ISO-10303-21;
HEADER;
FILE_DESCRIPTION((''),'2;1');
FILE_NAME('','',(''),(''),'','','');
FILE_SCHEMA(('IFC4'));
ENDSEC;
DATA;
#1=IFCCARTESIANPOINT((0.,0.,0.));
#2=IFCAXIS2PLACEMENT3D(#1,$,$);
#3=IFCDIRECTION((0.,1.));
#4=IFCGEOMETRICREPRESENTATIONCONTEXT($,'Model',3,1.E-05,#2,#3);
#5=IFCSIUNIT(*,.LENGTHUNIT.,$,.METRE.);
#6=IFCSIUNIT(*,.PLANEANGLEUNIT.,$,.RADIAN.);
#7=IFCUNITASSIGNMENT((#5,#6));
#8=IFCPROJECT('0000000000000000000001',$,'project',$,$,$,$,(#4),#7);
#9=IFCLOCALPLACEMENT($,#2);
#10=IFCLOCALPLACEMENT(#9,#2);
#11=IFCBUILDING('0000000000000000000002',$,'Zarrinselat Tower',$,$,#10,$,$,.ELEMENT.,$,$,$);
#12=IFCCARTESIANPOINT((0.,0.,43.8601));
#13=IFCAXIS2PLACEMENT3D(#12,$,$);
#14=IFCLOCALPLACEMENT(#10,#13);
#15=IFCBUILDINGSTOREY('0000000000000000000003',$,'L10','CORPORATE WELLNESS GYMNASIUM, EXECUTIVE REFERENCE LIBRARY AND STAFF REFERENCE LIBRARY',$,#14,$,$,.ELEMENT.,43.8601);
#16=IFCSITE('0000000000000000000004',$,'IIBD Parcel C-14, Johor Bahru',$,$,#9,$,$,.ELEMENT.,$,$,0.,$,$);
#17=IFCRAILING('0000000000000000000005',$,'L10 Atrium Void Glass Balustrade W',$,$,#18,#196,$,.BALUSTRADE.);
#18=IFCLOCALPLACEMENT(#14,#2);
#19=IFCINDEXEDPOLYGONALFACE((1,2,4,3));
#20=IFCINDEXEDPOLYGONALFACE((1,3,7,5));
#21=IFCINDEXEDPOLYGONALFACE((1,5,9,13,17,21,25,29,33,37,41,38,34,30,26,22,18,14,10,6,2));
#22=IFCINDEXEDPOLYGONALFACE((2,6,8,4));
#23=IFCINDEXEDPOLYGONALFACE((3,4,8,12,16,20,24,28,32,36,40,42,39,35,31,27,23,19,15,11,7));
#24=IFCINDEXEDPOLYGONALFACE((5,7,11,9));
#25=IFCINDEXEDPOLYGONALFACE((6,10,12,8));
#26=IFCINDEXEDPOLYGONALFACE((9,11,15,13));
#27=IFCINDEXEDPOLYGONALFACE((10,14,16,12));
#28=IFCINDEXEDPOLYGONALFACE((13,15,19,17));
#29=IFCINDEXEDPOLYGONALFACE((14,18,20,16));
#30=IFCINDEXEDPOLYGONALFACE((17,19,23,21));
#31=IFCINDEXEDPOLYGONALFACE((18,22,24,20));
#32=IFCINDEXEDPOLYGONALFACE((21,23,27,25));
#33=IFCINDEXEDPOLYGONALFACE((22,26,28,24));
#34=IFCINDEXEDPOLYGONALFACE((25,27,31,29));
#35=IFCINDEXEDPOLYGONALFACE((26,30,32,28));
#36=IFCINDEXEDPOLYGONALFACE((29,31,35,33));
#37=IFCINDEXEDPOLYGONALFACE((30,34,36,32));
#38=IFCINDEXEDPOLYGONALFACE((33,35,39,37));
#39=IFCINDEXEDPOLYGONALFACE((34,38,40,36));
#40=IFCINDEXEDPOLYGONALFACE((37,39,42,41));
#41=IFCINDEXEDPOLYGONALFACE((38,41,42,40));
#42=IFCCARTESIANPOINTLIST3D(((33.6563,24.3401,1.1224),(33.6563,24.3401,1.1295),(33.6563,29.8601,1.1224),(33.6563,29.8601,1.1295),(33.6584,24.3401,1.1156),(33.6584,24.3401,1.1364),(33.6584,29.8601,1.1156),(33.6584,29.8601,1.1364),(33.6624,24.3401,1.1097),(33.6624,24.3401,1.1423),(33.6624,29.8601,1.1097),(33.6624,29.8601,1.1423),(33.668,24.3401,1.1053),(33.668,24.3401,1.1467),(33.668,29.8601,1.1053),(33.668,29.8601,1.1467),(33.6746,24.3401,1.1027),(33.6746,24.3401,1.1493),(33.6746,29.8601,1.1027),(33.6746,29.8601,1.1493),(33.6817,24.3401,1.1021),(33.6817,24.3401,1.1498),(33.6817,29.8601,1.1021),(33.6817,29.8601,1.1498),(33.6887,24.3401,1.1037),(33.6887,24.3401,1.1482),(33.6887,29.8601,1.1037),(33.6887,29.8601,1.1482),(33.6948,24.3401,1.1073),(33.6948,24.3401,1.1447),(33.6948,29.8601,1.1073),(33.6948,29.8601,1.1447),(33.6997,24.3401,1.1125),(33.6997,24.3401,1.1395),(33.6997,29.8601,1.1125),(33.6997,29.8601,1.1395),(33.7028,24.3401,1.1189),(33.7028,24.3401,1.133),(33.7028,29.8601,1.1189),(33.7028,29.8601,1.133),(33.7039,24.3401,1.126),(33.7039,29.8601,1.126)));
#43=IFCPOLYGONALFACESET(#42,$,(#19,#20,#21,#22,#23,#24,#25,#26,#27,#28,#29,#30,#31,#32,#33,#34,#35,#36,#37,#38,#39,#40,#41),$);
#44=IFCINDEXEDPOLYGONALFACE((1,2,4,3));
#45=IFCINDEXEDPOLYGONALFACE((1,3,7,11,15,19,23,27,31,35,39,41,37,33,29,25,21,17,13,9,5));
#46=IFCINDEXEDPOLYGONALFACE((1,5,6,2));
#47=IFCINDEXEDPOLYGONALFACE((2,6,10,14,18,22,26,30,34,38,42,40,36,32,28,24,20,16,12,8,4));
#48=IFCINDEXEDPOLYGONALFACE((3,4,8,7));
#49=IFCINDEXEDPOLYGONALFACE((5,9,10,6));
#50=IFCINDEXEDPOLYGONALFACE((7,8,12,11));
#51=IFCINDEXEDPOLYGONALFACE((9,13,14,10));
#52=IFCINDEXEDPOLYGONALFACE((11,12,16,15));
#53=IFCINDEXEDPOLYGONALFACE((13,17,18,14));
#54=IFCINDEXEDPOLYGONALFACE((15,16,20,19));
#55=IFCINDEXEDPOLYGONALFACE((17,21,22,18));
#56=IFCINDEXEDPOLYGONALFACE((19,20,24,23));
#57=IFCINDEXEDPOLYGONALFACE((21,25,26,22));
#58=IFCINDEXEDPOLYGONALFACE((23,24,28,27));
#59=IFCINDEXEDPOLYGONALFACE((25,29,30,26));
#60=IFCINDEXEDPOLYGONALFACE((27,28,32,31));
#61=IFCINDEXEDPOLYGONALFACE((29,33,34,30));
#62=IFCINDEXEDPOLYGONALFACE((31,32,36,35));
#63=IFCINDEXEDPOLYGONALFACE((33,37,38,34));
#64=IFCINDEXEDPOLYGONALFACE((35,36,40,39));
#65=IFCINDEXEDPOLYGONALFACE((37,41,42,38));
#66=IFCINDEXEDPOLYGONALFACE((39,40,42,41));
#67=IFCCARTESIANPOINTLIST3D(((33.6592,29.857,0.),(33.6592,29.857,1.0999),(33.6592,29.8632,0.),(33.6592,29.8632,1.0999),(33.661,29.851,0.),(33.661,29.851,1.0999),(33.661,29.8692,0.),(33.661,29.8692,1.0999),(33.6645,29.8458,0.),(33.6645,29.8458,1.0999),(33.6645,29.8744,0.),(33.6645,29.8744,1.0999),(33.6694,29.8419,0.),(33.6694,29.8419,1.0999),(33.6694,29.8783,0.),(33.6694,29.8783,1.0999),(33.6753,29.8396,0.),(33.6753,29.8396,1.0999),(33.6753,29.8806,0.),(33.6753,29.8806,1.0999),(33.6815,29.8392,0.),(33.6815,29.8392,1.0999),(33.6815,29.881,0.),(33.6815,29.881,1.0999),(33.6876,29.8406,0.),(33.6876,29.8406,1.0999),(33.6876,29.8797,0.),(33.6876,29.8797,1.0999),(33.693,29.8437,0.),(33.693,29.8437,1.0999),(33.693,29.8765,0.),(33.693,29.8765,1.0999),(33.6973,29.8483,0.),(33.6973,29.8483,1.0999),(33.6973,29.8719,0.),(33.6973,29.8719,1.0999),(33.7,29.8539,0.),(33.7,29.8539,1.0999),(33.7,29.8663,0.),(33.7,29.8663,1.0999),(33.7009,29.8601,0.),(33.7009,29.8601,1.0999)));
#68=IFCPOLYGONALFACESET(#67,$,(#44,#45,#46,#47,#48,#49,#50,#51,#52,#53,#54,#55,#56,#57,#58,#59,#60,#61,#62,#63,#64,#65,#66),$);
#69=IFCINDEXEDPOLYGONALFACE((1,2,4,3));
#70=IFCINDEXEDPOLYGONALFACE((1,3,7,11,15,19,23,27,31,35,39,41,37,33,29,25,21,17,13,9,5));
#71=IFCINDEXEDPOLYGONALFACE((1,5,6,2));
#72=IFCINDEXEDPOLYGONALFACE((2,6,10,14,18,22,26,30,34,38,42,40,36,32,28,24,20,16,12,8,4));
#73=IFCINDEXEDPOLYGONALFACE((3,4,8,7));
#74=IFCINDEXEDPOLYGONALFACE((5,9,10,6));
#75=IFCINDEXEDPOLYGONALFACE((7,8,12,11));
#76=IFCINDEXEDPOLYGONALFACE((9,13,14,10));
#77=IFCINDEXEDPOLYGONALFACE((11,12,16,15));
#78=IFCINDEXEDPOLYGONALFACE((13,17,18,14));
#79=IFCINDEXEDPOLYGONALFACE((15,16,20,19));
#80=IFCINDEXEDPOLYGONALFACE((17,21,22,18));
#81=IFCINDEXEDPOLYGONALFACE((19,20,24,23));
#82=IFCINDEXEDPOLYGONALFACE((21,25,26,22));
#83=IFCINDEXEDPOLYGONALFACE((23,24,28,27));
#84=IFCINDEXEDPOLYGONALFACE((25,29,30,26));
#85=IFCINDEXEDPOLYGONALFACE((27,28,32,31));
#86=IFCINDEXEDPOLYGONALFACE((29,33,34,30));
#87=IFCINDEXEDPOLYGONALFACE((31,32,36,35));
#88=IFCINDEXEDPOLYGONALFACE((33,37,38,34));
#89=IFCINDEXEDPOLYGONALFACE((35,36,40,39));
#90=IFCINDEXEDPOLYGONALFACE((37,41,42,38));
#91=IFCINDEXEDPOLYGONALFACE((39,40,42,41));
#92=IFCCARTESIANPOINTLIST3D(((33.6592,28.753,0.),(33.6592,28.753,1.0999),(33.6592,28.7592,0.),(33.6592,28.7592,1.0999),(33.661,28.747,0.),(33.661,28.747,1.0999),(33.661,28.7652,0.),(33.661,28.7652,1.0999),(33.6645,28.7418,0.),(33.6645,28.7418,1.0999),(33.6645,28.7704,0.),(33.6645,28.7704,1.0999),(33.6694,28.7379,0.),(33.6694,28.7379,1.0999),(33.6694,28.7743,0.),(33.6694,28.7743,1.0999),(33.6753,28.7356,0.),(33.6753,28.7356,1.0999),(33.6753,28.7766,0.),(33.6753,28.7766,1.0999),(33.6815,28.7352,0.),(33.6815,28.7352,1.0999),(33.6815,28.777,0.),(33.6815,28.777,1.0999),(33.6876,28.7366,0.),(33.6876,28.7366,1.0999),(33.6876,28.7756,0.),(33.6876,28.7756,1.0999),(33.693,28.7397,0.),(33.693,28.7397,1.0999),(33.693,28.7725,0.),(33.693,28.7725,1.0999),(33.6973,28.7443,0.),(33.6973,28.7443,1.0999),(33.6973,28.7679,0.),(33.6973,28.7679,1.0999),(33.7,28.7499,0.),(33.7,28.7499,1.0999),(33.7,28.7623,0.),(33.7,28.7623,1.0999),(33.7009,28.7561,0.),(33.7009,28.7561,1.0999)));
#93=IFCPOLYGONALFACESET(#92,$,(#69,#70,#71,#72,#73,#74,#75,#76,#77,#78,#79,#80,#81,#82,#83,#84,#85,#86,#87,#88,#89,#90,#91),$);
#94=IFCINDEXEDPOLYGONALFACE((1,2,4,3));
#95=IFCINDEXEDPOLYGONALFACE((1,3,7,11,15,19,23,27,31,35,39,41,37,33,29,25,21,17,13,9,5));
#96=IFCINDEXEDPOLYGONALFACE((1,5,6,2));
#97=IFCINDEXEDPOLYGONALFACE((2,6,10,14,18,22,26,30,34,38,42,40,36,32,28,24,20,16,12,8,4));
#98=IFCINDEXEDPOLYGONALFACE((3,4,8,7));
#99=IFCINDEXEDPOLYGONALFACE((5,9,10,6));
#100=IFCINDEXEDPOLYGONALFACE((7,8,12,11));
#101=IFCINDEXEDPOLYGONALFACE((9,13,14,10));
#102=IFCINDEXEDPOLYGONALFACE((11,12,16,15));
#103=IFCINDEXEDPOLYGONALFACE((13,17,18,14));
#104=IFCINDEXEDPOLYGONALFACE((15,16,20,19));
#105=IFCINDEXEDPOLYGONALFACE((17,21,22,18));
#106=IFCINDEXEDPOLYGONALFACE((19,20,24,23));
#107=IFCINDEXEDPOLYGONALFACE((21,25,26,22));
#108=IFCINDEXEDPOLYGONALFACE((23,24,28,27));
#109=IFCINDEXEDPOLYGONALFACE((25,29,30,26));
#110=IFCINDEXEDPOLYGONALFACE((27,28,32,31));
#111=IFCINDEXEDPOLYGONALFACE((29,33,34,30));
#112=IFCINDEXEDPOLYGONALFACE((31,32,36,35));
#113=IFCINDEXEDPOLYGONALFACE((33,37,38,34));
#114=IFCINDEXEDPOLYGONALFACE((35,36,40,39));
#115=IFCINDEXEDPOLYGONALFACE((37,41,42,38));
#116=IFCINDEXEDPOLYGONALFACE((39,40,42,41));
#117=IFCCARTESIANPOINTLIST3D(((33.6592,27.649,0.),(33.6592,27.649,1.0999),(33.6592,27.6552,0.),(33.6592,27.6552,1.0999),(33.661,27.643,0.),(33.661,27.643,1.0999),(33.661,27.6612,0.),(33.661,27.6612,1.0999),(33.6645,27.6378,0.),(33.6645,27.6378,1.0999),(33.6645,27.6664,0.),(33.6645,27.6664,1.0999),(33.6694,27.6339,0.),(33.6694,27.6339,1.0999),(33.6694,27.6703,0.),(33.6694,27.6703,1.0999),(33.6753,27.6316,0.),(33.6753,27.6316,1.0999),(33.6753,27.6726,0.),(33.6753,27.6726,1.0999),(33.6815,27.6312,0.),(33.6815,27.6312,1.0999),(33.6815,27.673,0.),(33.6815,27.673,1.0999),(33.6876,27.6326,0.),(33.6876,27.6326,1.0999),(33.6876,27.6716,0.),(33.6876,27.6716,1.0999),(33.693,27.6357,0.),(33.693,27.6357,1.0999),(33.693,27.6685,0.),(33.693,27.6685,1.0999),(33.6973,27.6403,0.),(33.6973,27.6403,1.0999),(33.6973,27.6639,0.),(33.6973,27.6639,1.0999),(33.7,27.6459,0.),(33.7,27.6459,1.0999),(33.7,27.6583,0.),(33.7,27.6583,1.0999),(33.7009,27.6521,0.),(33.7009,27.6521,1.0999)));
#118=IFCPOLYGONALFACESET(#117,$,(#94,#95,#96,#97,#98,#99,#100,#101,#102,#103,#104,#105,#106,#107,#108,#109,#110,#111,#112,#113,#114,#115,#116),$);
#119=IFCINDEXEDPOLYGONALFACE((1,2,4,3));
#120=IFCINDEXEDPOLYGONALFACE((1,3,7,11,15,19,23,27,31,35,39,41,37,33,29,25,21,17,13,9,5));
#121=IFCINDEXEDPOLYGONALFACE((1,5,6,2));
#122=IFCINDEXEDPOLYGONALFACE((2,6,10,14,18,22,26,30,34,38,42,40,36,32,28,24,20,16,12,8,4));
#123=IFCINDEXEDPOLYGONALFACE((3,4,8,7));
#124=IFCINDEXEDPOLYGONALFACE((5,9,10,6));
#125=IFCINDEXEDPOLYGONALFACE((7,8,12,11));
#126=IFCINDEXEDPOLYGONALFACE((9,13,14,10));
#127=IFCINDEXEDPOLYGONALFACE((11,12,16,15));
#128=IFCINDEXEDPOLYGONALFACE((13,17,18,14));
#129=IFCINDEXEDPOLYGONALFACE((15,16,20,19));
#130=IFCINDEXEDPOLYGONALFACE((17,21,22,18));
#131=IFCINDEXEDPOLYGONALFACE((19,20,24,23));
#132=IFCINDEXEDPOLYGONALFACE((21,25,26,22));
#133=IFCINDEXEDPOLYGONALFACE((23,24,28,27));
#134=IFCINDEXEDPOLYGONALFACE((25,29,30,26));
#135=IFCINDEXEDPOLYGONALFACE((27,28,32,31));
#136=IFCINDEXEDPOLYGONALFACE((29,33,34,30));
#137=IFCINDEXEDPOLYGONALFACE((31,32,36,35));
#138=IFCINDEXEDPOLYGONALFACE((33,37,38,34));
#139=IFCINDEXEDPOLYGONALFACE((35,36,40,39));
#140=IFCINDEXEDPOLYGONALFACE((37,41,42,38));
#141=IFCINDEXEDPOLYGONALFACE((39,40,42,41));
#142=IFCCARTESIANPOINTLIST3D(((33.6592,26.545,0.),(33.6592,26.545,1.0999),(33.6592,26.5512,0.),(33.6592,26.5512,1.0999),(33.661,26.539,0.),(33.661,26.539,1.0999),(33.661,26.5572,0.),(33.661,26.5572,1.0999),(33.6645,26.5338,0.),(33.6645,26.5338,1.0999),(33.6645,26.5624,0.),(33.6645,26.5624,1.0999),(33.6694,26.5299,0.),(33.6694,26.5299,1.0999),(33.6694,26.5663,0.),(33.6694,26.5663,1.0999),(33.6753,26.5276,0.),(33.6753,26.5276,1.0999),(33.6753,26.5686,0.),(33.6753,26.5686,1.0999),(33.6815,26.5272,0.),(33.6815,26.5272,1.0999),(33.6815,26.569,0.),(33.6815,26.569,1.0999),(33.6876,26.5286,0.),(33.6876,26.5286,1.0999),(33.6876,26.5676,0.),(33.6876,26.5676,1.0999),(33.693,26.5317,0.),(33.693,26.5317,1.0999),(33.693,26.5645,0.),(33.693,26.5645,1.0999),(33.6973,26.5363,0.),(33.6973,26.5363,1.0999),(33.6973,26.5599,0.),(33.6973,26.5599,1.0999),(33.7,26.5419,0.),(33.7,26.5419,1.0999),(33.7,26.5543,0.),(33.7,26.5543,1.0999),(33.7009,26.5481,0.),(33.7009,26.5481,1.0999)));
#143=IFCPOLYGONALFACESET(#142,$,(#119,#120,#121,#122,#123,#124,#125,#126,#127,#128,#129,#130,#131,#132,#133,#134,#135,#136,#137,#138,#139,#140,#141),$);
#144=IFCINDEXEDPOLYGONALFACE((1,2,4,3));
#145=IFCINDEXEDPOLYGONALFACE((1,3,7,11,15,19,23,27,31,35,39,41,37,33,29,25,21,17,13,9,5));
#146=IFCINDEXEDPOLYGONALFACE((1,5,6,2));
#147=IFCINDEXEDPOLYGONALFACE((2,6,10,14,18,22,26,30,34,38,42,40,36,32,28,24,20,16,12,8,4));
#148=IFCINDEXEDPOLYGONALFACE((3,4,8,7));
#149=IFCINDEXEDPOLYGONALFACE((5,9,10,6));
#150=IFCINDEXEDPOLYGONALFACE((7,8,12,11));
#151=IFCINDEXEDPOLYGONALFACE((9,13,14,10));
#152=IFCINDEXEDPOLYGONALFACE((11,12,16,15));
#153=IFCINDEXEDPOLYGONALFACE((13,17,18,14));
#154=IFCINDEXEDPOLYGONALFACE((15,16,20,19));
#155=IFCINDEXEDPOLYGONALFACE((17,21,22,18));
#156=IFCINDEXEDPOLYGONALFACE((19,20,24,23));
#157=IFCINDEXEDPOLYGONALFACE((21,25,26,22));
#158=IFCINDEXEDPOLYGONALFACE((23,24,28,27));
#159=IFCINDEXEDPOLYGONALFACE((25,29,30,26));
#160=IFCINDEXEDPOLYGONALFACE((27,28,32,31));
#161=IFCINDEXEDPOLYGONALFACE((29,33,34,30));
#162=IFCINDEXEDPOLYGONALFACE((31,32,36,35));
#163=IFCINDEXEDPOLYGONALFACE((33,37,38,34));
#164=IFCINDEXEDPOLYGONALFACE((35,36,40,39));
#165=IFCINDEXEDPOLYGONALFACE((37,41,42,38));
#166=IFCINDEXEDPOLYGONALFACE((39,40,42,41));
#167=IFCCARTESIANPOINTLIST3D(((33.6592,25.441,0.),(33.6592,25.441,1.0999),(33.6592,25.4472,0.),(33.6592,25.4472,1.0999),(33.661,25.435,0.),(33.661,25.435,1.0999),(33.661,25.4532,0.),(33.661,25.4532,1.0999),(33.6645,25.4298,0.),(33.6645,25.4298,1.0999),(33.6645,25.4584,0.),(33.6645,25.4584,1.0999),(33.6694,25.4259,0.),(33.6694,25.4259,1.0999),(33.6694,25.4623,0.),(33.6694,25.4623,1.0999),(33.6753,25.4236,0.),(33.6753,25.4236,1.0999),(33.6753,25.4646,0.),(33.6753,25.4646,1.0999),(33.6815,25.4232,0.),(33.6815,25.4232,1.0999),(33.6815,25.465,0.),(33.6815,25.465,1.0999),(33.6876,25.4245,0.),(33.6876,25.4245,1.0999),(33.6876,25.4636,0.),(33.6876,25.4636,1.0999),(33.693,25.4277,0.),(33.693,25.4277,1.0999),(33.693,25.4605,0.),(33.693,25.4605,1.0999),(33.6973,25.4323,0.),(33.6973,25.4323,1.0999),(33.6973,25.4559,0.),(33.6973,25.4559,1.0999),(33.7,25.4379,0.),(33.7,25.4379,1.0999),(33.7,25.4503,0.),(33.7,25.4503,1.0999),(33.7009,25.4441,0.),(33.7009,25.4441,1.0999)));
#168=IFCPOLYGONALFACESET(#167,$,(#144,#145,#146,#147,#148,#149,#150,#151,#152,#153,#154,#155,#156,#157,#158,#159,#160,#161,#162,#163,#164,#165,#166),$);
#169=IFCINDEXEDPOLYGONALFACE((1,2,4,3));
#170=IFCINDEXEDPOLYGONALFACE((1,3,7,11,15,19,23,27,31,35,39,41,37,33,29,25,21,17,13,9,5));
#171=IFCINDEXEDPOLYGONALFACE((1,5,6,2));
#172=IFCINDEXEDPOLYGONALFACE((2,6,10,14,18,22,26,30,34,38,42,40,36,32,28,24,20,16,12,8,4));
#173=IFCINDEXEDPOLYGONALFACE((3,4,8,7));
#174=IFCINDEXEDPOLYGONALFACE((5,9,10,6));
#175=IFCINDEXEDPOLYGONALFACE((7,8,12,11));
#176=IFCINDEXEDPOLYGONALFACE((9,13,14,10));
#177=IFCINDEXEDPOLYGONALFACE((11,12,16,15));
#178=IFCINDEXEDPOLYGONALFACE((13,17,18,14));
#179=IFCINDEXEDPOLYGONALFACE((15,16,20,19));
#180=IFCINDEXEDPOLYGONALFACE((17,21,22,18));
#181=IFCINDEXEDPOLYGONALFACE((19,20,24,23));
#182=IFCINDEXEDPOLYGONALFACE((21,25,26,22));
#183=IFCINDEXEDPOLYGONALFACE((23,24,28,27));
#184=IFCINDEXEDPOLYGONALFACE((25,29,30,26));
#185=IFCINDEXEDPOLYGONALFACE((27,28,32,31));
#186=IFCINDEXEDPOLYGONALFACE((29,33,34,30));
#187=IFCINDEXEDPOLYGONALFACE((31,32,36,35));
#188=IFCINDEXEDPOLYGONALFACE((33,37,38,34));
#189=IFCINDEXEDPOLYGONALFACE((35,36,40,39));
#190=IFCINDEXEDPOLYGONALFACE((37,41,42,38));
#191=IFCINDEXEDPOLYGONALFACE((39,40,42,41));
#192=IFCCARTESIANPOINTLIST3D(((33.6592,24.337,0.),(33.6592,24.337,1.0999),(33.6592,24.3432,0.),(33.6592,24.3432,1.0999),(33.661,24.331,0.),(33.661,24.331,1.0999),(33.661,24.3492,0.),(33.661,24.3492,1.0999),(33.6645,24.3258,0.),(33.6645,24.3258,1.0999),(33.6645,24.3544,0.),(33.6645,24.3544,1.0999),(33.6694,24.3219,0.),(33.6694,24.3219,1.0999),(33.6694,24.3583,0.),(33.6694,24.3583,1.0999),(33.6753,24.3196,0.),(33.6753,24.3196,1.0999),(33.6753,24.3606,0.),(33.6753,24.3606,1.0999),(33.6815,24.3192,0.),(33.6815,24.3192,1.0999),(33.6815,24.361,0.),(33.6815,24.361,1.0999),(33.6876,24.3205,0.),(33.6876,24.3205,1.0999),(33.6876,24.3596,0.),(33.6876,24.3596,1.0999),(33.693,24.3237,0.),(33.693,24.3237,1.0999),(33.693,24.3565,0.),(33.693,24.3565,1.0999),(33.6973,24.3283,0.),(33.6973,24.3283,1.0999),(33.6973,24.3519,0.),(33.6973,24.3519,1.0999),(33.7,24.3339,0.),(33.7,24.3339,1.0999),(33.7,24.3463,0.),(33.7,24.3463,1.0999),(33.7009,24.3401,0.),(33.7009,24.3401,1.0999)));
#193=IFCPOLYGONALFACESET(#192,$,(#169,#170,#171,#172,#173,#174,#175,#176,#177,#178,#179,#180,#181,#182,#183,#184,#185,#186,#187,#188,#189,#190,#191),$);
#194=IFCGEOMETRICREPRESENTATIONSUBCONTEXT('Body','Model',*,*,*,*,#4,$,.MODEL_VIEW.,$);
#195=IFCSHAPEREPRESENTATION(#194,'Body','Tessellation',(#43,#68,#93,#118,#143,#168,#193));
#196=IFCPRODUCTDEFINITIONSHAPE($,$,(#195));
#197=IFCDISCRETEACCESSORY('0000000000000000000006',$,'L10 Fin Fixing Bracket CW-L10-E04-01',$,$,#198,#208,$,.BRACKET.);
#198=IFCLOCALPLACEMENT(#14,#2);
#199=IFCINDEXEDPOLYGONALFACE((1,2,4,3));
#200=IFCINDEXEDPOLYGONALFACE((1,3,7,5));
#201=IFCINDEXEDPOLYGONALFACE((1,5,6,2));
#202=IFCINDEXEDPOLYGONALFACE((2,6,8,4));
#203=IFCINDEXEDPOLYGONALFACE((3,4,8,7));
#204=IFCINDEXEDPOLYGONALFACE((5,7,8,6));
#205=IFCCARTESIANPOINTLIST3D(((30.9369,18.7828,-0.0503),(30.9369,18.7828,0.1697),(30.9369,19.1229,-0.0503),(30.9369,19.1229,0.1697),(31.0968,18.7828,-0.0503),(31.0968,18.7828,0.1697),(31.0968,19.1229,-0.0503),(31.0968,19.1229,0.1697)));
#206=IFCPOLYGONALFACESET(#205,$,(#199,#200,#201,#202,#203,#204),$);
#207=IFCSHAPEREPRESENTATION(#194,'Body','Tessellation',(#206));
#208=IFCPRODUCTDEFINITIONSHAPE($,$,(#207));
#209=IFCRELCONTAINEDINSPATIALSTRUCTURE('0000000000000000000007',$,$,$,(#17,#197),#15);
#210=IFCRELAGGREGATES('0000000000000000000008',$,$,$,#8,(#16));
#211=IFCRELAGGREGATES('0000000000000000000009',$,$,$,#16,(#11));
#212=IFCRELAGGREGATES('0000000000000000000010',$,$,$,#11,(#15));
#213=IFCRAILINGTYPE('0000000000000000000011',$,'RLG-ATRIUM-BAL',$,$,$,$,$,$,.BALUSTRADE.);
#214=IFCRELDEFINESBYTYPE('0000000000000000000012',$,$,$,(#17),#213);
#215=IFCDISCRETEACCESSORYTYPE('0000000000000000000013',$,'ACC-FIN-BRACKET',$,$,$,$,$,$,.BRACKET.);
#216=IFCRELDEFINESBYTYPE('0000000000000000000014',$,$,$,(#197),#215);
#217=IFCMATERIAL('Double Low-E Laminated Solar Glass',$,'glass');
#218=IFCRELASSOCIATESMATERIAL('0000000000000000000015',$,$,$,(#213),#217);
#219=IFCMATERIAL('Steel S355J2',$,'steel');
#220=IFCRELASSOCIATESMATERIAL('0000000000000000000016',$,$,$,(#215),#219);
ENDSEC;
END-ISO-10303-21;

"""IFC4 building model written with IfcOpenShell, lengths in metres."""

from ifc_helpers import new_model, si_unit, direction, frame, origin, origin_2d, place, context, subcontext, project, spatial, rectangle, circle, extrude, material, type_object, element, save


model = new_model("IFC4")

# Units and contexts
model_context = context("Model", 3, precision=1e-05, world=origin(), true_north=direction((0.0, 1.0)))
body_context = subcontext(model_context, "Body", "Model", "MODEL_VIEW")
ifc_project = project(units=[si_unit("LENGTHUNIT", "METRE"), si_unit("PLANEANGLEUNIT", "RADIAN")], contexts=[model_context])

# Site, building, storey
site_placement = place(None, origin())
site = spatial("IfcSite", under=ifc_project, at=site_placement, Name="IIBD Parcel C-14, Johor Bahru", CompositionType="ELEMENT", RefElevation=0.0)
building_placement = place(site_placement, origin())
building = spatial("IfcBuilding", under=site, at=building_placement, Name="Zarrinselat Tower", CompositionType="ELEMENT")
storey_placement = place(building_placement, frame((0.0, 0.0, 43.8601)))
storey = spatial("IfcBuildingStorey", under=building, at=storey_placement, Name="L10", Description="CORPORATE WELLNESS GYMNASIUM, EXECUTIVE REFERENCE LIBRARY AND STAFF REFERENCE LIBRARY", CompositionType="ELEMENT", Elevation=43.8601)

# Railing
ifc_material_1 = material(Name="Double Low-E Laminated Solar Glass", Category="glass")
railing_type = type_object("IfcRailingType", Name="RLG-ATRIUM-BAL", PredefinedType="BALUSTRADE", material=ifc_material_1)
railing_1_placement = place(storey_placement, frame((33.6799, 29.8601, 0.0)))
element("IfcRailing", 1, at=railing_1_placement, inside=storey, type_object=railing_type, Name="L10 Atrium Void Glass Balustrade W", PredefinedType="BALUSTRADE", context=body_context, shape_type="SweptSolid", body=[
    extrude(circle(Radius=0.0239, at=origin_2d()), frame((0.0, 0.0, 1.126), z_axis=(0.0, -1.0, 0.0), x_axis=(1.0, 0.0, 0.0)), (0.0, 0.0, 1.0), 5.52),
    extrude(circle(Radius=0.021, at=origin_2d()), origin(), (0.0, 0.0, 1.0), 1.0999),
    extrude(circle(Radius=0.021, at=origin_2d()), frame((0.0, -1.104, 0.0)), (0.0, 0.0, 1.0), 1.0999),
    extrude(circle(Radius=0.021, at=origin_2d()), frame((0.0, -2.208, 0.0)), (0.0, 0.0, 1.0), 1.0999),
    extrude(circle(Radius=0.021, at=origin_2d()), frame((0.0, -3.312, 0.0)), (0.0, 0.0, 1.0), 1.0999),
    extrude(circle(Radius=0.021, at=origin_2d()), frame((0.0, -4.416, 0.0)), (0.0, 0.0, 1.0), 1.0999),
    extrude(circle(Radius=0.021, at=origin_2d()), frame((0.0, -5.52, 0.0)), (0.0, 0.0, 1.0), 1.0999),
])

# Discrete accessory
ifc_material_2 = material(Name="Steel S355J2", Category="steel")
discrete_accessory_type = type_object("IfcDiscreteAccessoryType", Name="ACC-FIN-BRACKET", PredefinedType="BRACKET", material=ifc_material_2)
discrete_accessory_placement = place(storey_placement, frame((31.0168, 18.9529, -0.0503), z_axis=(0.0, 0.0, 1.0), x_axis=(0.0, -1.0, 0.0)))
element("IfcDiscreteAccessory", 2, at=discrete_accessory_placement, inside=storey, type_object=discrete_accessory_type, Name="L10 Fin Fixing Bracket CW-L10-E04-01", PredefinedType="BRACKET", context=body_context, shape_type="SweptSolid", body=[
    extrude(rectangle(XDim=0.3401, YDim=0.1599, at=origin_2d()), origin(), (0.0, 0.0, 1.0), 0.22),
])

save(model, "model.ifc")
